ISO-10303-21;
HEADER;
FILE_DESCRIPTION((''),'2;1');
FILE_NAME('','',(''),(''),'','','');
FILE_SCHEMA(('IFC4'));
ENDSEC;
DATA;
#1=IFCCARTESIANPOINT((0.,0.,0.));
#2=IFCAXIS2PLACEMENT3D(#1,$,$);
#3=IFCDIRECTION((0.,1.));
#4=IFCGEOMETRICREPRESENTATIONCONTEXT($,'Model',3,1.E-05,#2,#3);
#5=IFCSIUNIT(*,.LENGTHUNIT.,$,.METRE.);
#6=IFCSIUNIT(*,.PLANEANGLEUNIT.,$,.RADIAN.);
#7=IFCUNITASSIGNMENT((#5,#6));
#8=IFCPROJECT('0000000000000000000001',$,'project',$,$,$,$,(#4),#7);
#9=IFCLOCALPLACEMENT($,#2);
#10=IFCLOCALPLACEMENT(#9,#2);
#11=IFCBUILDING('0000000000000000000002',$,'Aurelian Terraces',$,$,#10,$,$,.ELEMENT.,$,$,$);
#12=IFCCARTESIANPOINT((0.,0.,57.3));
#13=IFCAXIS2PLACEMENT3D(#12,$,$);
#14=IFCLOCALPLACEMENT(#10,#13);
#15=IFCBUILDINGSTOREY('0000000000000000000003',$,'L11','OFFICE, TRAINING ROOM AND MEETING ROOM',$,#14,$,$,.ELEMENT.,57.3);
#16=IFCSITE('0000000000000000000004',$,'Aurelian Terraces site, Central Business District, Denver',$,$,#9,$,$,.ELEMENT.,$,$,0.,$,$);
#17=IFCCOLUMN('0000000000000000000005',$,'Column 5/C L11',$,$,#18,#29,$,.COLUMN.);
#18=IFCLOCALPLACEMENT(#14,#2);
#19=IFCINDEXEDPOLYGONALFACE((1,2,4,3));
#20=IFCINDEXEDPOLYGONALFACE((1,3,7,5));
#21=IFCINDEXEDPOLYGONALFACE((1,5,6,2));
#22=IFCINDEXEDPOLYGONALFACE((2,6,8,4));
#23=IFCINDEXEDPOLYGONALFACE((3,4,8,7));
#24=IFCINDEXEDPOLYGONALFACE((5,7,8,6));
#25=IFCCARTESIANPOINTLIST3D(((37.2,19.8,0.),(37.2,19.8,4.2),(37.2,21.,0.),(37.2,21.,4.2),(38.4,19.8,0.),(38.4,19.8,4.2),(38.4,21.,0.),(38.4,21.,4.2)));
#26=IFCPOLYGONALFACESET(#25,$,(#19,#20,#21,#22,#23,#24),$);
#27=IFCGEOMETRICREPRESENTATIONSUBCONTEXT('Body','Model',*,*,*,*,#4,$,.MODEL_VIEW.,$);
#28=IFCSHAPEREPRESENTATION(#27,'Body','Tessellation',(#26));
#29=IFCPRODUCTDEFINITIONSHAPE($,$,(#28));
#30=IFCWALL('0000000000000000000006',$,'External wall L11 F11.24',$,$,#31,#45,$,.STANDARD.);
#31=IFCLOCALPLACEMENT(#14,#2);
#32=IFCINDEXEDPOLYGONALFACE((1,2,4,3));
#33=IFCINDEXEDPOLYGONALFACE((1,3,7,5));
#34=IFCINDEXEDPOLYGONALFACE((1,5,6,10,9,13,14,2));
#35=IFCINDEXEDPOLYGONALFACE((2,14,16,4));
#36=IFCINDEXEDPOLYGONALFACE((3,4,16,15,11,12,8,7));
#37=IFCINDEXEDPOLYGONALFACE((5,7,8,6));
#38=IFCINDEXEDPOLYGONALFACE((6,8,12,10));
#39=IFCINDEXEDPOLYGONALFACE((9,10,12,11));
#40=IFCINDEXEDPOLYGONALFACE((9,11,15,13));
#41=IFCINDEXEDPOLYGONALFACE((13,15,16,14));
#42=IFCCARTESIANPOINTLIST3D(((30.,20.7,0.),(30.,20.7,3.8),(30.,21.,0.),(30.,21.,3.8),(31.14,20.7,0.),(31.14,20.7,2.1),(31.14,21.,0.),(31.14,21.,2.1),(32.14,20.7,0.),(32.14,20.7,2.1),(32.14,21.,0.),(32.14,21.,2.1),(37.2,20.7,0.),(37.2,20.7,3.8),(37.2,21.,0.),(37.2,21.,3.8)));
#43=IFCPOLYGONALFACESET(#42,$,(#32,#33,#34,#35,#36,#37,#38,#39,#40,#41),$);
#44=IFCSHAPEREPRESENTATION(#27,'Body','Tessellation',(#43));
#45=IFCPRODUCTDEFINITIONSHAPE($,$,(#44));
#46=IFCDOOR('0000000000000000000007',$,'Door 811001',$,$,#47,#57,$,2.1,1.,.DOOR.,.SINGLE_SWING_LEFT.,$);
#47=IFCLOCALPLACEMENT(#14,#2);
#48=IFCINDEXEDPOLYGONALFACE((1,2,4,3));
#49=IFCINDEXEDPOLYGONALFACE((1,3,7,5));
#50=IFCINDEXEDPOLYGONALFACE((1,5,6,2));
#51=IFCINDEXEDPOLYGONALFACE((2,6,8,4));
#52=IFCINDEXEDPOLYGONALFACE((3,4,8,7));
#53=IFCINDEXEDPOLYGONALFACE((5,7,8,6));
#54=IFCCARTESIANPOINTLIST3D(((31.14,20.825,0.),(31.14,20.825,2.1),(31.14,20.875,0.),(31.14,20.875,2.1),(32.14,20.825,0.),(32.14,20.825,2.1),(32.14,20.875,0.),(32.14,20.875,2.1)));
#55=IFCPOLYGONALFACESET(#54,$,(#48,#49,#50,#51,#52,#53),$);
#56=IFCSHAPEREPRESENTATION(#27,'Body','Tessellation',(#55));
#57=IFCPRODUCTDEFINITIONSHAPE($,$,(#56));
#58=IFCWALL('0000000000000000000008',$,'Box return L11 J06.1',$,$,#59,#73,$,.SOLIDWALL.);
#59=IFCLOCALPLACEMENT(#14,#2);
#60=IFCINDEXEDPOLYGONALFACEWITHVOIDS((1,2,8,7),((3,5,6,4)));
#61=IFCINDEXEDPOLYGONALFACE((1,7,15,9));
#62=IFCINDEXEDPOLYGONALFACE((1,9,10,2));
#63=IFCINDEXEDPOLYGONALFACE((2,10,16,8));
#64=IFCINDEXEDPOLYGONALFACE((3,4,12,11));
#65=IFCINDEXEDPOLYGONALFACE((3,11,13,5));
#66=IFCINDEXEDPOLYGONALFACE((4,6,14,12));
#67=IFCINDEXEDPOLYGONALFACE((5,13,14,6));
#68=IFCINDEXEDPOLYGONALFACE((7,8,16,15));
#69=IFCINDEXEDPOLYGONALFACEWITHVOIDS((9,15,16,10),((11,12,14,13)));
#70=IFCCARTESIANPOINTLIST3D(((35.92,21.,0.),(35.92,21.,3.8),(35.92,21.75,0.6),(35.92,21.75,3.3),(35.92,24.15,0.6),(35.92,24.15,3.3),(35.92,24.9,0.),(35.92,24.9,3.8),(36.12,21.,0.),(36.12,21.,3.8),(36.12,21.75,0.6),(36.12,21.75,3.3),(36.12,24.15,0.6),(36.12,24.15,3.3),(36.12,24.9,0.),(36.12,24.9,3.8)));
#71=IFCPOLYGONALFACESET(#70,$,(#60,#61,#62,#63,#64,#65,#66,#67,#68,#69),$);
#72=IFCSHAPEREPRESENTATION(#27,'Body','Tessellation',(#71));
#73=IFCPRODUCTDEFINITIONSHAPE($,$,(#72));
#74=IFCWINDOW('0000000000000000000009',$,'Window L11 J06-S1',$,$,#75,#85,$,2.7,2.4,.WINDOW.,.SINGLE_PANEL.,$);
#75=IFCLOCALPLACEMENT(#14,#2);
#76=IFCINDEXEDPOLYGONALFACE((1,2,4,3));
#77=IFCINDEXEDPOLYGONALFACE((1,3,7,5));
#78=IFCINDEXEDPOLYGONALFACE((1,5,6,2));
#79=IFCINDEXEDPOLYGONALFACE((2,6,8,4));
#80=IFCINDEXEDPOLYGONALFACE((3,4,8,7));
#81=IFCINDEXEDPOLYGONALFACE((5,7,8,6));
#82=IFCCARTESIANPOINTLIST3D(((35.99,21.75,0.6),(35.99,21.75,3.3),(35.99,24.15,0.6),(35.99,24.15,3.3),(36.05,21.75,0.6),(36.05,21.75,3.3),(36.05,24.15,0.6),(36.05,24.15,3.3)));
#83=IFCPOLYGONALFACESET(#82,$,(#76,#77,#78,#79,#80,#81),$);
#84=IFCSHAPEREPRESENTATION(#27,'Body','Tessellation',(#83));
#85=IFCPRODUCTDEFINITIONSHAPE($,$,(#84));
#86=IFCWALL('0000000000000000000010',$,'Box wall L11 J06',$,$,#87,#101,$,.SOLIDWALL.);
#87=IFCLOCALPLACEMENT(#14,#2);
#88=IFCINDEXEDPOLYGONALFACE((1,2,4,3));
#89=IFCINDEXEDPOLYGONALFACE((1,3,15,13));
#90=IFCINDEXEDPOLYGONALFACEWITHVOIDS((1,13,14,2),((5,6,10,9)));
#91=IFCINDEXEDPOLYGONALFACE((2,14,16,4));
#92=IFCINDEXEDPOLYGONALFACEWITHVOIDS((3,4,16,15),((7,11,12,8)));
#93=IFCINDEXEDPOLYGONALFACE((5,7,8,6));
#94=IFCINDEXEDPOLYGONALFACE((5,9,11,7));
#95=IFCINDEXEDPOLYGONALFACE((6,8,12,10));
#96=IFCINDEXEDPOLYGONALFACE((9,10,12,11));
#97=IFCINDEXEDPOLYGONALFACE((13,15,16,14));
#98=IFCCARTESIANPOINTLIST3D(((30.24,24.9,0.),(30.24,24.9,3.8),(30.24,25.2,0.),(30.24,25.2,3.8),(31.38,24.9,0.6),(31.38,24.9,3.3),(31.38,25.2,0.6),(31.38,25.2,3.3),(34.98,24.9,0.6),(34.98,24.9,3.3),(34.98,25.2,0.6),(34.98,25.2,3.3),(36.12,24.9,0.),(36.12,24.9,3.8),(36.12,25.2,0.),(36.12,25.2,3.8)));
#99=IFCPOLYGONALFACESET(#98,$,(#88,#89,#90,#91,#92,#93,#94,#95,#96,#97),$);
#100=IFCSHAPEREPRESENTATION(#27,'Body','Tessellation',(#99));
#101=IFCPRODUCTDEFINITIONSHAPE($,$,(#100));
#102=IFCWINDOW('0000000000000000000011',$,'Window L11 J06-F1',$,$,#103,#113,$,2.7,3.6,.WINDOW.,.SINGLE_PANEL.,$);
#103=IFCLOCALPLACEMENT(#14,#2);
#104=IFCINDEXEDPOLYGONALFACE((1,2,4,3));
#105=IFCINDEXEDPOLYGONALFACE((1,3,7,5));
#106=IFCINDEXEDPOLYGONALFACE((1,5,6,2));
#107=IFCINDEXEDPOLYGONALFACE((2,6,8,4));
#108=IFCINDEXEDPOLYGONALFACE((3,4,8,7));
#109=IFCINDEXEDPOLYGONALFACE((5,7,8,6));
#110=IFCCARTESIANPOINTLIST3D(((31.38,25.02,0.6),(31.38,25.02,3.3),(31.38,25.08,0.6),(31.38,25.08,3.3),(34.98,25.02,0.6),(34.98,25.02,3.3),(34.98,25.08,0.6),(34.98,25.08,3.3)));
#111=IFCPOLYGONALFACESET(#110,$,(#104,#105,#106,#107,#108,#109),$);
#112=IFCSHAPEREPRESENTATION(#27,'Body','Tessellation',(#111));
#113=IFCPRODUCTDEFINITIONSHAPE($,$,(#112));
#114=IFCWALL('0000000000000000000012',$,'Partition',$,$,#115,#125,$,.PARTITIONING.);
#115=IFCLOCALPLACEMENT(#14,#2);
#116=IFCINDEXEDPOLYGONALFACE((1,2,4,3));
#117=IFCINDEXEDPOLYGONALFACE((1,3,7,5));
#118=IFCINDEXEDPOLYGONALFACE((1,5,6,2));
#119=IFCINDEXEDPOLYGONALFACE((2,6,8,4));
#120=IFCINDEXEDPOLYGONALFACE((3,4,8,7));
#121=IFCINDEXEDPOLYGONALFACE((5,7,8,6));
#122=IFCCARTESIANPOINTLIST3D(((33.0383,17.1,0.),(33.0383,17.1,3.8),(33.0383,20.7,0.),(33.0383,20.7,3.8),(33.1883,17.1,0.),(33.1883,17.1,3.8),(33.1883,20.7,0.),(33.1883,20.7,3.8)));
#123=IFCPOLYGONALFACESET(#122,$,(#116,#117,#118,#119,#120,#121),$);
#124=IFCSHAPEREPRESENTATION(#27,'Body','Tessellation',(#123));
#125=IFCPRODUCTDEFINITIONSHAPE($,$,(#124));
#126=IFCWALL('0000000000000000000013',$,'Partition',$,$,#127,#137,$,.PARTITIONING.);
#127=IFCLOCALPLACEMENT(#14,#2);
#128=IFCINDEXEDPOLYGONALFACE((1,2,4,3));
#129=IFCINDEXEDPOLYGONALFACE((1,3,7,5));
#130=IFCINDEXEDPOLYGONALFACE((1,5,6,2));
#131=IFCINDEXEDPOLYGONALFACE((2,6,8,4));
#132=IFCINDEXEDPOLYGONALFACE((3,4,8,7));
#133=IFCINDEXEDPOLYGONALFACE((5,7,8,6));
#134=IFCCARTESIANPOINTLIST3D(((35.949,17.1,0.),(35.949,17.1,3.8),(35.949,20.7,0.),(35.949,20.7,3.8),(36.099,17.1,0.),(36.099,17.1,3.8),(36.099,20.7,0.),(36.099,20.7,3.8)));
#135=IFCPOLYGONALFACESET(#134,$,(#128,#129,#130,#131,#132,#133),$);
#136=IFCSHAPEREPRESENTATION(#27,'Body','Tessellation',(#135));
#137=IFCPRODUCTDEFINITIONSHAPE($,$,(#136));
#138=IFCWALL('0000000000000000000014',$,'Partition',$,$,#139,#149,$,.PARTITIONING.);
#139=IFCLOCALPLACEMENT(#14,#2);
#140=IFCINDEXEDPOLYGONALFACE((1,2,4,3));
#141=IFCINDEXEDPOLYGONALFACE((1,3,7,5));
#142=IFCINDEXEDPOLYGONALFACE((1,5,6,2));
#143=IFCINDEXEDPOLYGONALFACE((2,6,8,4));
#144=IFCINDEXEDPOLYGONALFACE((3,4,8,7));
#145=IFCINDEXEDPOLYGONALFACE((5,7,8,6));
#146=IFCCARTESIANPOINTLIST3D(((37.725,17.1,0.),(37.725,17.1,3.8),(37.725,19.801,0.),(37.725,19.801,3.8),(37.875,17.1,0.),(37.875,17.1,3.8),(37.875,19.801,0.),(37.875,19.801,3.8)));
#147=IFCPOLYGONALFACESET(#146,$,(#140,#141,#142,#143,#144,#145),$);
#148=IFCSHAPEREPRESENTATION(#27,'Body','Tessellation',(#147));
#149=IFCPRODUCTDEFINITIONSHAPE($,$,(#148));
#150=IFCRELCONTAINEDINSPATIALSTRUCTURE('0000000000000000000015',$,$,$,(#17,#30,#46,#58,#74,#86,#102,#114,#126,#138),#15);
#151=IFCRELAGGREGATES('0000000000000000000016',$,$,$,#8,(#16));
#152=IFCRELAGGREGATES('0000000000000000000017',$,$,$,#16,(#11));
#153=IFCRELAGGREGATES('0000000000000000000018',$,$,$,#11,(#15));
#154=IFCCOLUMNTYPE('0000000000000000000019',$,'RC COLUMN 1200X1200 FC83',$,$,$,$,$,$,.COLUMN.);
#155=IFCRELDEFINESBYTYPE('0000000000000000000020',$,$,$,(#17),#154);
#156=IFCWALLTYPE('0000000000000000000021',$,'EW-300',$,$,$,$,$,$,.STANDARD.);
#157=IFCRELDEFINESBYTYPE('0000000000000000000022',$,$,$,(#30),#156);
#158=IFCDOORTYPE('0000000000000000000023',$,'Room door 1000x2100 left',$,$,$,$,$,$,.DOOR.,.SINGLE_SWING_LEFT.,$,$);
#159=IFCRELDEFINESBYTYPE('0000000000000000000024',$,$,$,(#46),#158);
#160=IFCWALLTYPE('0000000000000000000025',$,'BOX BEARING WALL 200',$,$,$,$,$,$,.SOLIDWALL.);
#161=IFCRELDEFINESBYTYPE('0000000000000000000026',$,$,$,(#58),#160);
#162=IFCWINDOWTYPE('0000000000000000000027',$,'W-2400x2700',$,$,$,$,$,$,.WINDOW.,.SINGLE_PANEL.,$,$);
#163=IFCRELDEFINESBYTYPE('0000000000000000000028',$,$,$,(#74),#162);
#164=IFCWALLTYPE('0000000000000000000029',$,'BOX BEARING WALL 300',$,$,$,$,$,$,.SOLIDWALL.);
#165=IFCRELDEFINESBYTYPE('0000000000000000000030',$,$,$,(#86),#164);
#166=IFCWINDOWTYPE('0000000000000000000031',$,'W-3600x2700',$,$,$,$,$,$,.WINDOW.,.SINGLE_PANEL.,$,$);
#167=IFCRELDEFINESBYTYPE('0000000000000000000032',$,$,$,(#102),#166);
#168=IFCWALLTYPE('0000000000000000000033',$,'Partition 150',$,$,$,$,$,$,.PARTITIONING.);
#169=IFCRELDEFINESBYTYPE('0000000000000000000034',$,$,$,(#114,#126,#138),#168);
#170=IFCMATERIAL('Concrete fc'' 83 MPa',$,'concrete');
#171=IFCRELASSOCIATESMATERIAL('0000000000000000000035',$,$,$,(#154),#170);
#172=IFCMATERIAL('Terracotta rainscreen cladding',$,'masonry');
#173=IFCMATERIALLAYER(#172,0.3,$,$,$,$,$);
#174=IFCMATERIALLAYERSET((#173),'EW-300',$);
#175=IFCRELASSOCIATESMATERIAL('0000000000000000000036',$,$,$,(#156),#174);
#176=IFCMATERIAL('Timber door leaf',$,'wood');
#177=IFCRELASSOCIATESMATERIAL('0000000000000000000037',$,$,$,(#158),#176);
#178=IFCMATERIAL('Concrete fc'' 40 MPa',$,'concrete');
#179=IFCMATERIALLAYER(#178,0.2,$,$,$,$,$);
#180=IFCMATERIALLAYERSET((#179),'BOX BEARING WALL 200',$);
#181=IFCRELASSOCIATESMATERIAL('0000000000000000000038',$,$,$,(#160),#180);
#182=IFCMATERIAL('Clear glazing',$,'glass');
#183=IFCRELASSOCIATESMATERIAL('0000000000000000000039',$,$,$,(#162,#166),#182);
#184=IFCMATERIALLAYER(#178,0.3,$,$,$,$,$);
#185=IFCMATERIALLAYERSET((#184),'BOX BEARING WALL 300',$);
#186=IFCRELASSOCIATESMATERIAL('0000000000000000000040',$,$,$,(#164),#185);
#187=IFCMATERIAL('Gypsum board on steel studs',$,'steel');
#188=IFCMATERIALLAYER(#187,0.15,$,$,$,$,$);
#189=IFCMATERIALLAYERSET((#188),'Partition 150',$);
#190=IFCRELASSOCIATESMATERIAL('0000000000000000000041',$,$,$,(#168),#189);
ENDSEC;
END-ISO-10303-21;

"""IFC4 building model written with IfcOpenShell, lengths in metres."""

from ifc_helpers import new_model, si_unit, direction, frame, frame_2d, origin, origin_2d, place, context, subcontext, project, spatial, rectangle, extrude, source, transform, mapped, material, layer, layer_set, material_profile, profile_set, type_object, element, fill, save


model = new_model("IFC4")

# Units and contexts
model_context = context("Model", 3, precision=1e-05, world=origin(), true_north=direction((0.0, 1.0)))
body_context = subcontext(model_context, "Body", "Model", "MODEL_VIEW")
ifc_project = project(units=[si_unit("LENGTHUNIT", "METRE"), si_unit("PLANEANGLEUNIT", "RADIAN")], contexts=[model_context])

# Site, building, storey
site_placement = place(None, origin())
site = spatial("IfcSite", under=ifc_project, at=site_placement, Name="Aurelian Terraces site, Central Business District, Denver", CompositionType="ELEMENT", RefElevation=0.0)
building_placement = place(site_placement, origin())
building = spatial("IfcBuilding", under=site, at=building_placement, Name="Aurelian Terraces", CompositionType="ELEMENT")
storey_placement = place(building_placement, frame((0.0, 0.0, 57.3)))
storey = spatial("IfcBuildingStorey", under=building, at=storey_placement, Name="L11", Description="OFFICE, TRAINING ROOM AND MEETING ROOM", CompositionType="ELEMENT", Elevation=57.3)

# Column
ifc_material_1 = material(Name="Concrete fc' 83 MPa", Category="concrete")
ifc_material_profile = material_profile(ifc_material_1, rectangle(XDim=1.2, YDim=1.2, at=origin_2d()))
ifc_profile_set = profile_set([ifc_material_profile], Name="Concrete fc' 83 MPa")
column_type = type_object("IfcColumnType", Name="RC COLUMN 1200X1200 FC83", PredefinedType="COLUMN", material=ifc_profile_set)
shared_shape_1 = source(origin(), body_context, "Body", "SweptSolid", [
    extrude(rectangle(XDim=1.2, YDim=1.2, at=origin_2d()), origin(), (0.0, 0.0, 1.0), 4.2),
])
column_placement = place(storey_placement, frame((37.8, 20.4, 0.0), z_axis=(0.0, 0.0, 1.0), x_axis=(1.0, 0.0, 0.0)))
element("IfcColumn", 1, at=column_placement, inside=storey, type_object=column_type, Name="Column 5/C L11", PredefinedType="COLUMN", context=body_context, shape_type="MappedRepresentation", body=[
    mapped(shared_shape_1, transform((0.0, 0.0, 0.0), scale=1.0)),
])

# Wall, opening, door
ifc_material_2 = material(Name="Terracotta rainscreen cladding", Category="masonry")
ifc_layer_1 = layer(ifc_material_2, 0.3)
ifc_layer_set_1 = layer_set([ifc_layer_1], Name="EW-300")
wall_type_1 = type_object("IfcWallType", Name="EW-300", PredefinedType="STANDARD", material=ifc_layer_set_1)
shared_shape_2 = source(origin(), body_context, "Body", "SweptSolid", [
    extrude(rectangle(XDim=7.2, YDim=0.3, at=frame_2d((3.6, 0.0))), origin(), (0.0, 0.0, 1.0), 3.8),
])
wall_1_placement = place(storey_placement, frame((37.2, 20.85, 0.0), z_axis=(0.0, 0.0, 1.0), x_axis=(-1.0, 0.0, 0.0)))
wall_1 = element("IfcWall", 2, at=wall_1_placement, inside=storey, type_object=wall_type_1, Name="External wall L11 F11.24", PredefinedType="STANDARD", context=body_context, shape_type="MappedRepresentation", body=[
    mapped(shared_shape_2, transform((0.0, 0.0, 0.0), scale=1.0)),
])
shared_shape_3 = source(origin(), body_context, "Body", "SweptSolid", [
    extrude(rectangle(XDim=1.0, YDim=2.1, at=frame_2d((0.5, 1.05))), frame((0.0, 0.16, 0.0), z_axis=(0.0, -1.0, 0.0), x_axis=(1.0, 0.0, 0.0)), (0.0, 0.0, 1.0), 0.32),
])
opening_1_placement = place(wall_1_placement, frame((5.06, 0.0, 0.0)))
opening_1 = element("IfcOpeningElement", 3, at=opening_1_placement, cuts=wall_1, PredefinedType="OPENING", context=body_context, shape_type="MappedRepresentation", body=[
    mapped(shared_shape_3, transform((0.0, 0.0, 0.0), scale=1.0)),
])
ifc_material_3 = material(Name="Timber door leaf", Category="wood")
door_type_1 = type_object("IfcDoorType", Name="Room door 1000x2100 left", OperationType="SINGLE_SWING_LEFT", PredefinedType="DOOR", material=ifc_material_3)
shared_shape_4 = source(origin(), body_context, "Body", "SweptSolid", [
    extrude(rectangle(XDim=1.0, YDim=2.1, at=frame_2d((0.5, 1.05))), frame((0.0, 0.025, 0.0), z_axis=(0.0, -1.0, 0.0), x_axis=(1.0, 0.0, 0.0)), (0.0, 0.0, 1.0), 0.05),
])
door_1_placement = place(opening_1_placement, origin())
door_1 = element("IfcDoor", 4, at=door_1_placement, inside=storey, type_object=door_type_1, Name="Door 811001", OperationType="SINGLE_SWING_LEFT", OverallHeight=2.1, OverallWidth=1.0, PredefinedType="DOOR", context=body_context, shape_type="MappedRepresentation", body=[
    mapped(shared_shape_4, transform((0.0, 0.0, 0.0), scale=1.0)),
])
fill(opening_1, door_1)

# Walls, openings, windows
ifc_material_4 = material(Name="Concrete fc' 40 MPa", Category="concrete")
ifc_layer_2 = layer(ifc_material_4, 0.2)
ifc_layer_set_2 = layer_set([ifc_layer_2], Name="BOX BEARING WALL 200")
wall_type_2 = type_object("IfcWallType", Name="BOX BEARING WALL 200", PredefinedType="SOLIDWALL", material=ifc_layer_set_2)
shared_shape_5 = source(origin(), body_context, "Body", "SweptSolid", [
    extrude(rectangle(XDim=3.9, YDim=0.2, at=frame_2d((1.95, 0.0))), origin(), (0.0, 0.0, 1.0), 3.8),
])
wall_2_placement = place(storey_placement, frame((36.02, 21.0, 0.0), z_axis=(0.0, 0.0, 1.0), x_axis=(0.0, 1.0, 0.0)))
wall_2 = element("IfcWall", 5, at=wall_2_placement, inside=storey, type_object=wall_type_2, Name="Box return L11 J06.1", PredefinedType="SOLIDWALL", context=body_context, shape_type="MappedRepresentation", body=[
    mapped(shared_shape_5, transform((0.0, 0.0, 0.0), scale=1.0)),
])
shared_shape_6 = source(origin(), body_context, "Body", "SweptSolid", [
    extrude(rectangle(XDim=2.4, YDim=2.7, at=frame_2d((1.2, 1.35))), frame((0.0, 0.11, 0.0), z_axis=(0.0, -1.0, 0.0), x_axis=(1.0, 0.0, 0.0)), (0.0, 0.0, 1.0), 0.22),
])
opening_2_placement = place(wall_2_placement, frame((0.75, 0.0, 0.6)))
opening_2 = element("IfcOpeningElement", 6, at=opening_2_placement, cuts=wall_2, PredefinedType="OPENING", context=body_context, shape_type="MappedRepresentation", body=[
    mapped(shared_shape_6, transform((0.0, 0.0, 0.0), scale=1.0)),
])
ifc_material_5 = material(Name="Clear glazing", Category="glass")
window_type_1 = type_object("IfcWindowType", Name="W-2400x2700", PartitioningType="SINGLE_PANEL", PredefinedType="WINDOW", material=ifc_material_5)
shared_shape_7 = source(origin(), body_context, "Body", "SweptSolid", [
    extrude(rectangle(XDim=2.4, YDim=2.7, at=frame_2d((1.2, 1.35))), frame((0.0, 0.03, 0.0), z_axis=(0.0, -1.0, 0.0), x_axis=(1.0, 0.0, 0.0)), (0.0, 0.0, 1.0), 0.06),
])
window_1_placement = place(opening_2_placement, origin())
window_1 = element("IfcWindow", 7, at=window_1_placement, inside=storey, type_object=window_type_1, Name="Window L11 J06-S1", OverallHeight=2.7, OverallWidth=2.4, PartitioningType="SINGLE_PANEL", PredefinedType="WINDOW", context=body_context, shape_type="MappedRepresentation", body=[
    mapped(shared_shape_7, transform((0.0, 0.0, 0.0), scale=1.0)),
])
fill(opening_2, window_1)
ifc_layer_3 = layer(ifc_material_4, 0.3)
ifc_layer_set_3 = layer_set([ifc_layer_3], Name="BOX BEARING WALL 300")
wall_type_3 = type_object("IfcWallType", Name="BOX BEARING WALL 300", PredefinedType="SOLIDWALL", material=ifc_layer_set_3)
shared_shape_8 = source(origin(), body_context, "Body", "SweptSolid", [
    extrude(rectangle(XDim=5.88, YDim=0.3, at=frame_2d((2.94, 0.0))), origin(), (0.0, 0.0, 1.0), 3.8),
])
wall_3_placement = place(storey_placement, frame((36.12, 25.05, 0.0), z_axis=(0.0, 0.0, 1.0), x_axis=(-1.0, 0.0, 0.0)))
wall_3 = element("IfcWall", 8, at=wall_3_placement, inside=storey, type_object=wall_type_3, Name="Box wall L11 J06", PredefinedType="SOLIDWALL", context=body_context, shape_type="MappedRepresentation", body=[
    mapped(shared_shape_8, transform((0.0, 0.0, 0.0), scale=1.0)),
])
shared_shape_9 = source(origin(), body_context, "Body", "SweptSolid", [
    extrude(rectangle(XDim=3.6, YDim=2.7, at=frame_2d((1.8, 1.35))), frame((0.0, 0.16, 0.0), z_axis=(0.0, -1.0, 0.0), x_axis=(1.0, 0.0, 0.0)), (0.0, 0.0, 1.0), 0.32),
])
opening_3_placement = place(wall_3_placement, frame((1.14, 0.0, 0.6)))
opening_3 = element("IfcOpeningElement", 9, at=opening_3_placement, cuts=wall_3, PredefinedType="OPENING", context=body_context, shape_type="MappedRepresentation", body=[
    mapped(shared_shape_9, transform((0.0, 0.0, 0.0), scale=1.0)),
])
window_type_2 = type_object("IfcWindowType", Name="W-3600x2700", PartitioningType="SINGLE_PANEL", PredefinedType="WINDOW", material=ifc_material_5)
shared_shape_10 = source(origin(), body_context, "Body", "SweptSolid", [
    extrude(rectangle(XDim=3.6, YDim=2.7, at=frame_2d((1.8, 1.35))), frame((0.0, 0.03, 0.0), z_axis=(0.0, -1.0, 0.0), x_axis=(1.0, 0.0, 0.0)), (0.0, 0.0, 1.0), 0.06),
])
window_2_placement = place(opening_3_placement, origin())
window_2 = element("IfcWindow", 10, at=window_2_placement, inside=storey, type_object=window_type_2, Name="Window L11 J06-F1", OverallHeight=2.7, OverallWidth=3.6, PartitioningType="SINGLE_PANEL", PredefinedType="WINDOW", context=body_context, shape_type="MappedRepresentation", body=[
    mapped(shared_shape_10, transform((0.0, 0.0, 0.0), scale=1.0)),
])
fill(opening_3, window_2)

# Walls
ifc_material_6 = material(Name="Gypsum board on steel studs", Category="steel")
ifc_layer_4 = layer(ifc_material_6, 0.15)
ifc_layer_set_4 = layer_set([ifc_layer_4], Name="Partition 150")
wall_type_4 = type_object("IfcWallType", Name="Partition 150", PredefinedType="PARTITIONING", material=ifc_layer_set_4)
shared_shape_11 = source(origin(), body_context, "Body", "SweptSolid", [
    extrude(rectangle(XDim=3.6, YDim=0.15, at=frame_2d((1.8, 0.0))), origin(), (0.0, 0.0, 1.0), 3.8),
])
for number, where, z_axis, x_axis, name in (
    (11, (33.1133, 20.7, 0.0), (0.0, 0.0, 1.0), (0.0, -1.0, 0.0), "Partition"),
    (12, (36.024, 20.7, 0.0), (0.0, 0.0, 1.0), (0.0, -1.0, 0.0), "Partition"),
):
    element("IfcWall", number, at=place(storey_placement, frame(where, z_axis=z_axis, x_axis=x_axis)), inside=storey, type_object=wall_type_4, Name=name, PredefinedType="PARTITIONING", context=body_context, shape_type="MappedRepresentation", body=[
        mapped(shared_shape_11, transform((0.0, 0.0, 0.0), scale=1.0)),
    ])
shared_shape_12 = source(origin(), body_context, "Body", "SweptSolid", [
    extrude(rectangle(XDim=2.701, YDim=0.15, at=frame_2d((1.3505, 0.0))), origin(), (0.0, 0.0, 1.0), 3.8),
])
wall_4_placement = place(storey_placement, frame((37.8, 17.1, 0.0), z_axis=(0.0, 0.0, 1.0), x_axis=(0.0, 1.0, 0.0)))
element("IfcWall", 13, at=wall_4_placement, inside=storey, type_object=wall_type_4, Name="Partition", PredefinedType="PARTITIONING", context=body_context, shape_type="MappedRepresentation", body=[
    mapped(shared_shape_12, transform((0.0, 0.0, 0.0), scale=1.0)),
])

save(model, "model.ifc")
